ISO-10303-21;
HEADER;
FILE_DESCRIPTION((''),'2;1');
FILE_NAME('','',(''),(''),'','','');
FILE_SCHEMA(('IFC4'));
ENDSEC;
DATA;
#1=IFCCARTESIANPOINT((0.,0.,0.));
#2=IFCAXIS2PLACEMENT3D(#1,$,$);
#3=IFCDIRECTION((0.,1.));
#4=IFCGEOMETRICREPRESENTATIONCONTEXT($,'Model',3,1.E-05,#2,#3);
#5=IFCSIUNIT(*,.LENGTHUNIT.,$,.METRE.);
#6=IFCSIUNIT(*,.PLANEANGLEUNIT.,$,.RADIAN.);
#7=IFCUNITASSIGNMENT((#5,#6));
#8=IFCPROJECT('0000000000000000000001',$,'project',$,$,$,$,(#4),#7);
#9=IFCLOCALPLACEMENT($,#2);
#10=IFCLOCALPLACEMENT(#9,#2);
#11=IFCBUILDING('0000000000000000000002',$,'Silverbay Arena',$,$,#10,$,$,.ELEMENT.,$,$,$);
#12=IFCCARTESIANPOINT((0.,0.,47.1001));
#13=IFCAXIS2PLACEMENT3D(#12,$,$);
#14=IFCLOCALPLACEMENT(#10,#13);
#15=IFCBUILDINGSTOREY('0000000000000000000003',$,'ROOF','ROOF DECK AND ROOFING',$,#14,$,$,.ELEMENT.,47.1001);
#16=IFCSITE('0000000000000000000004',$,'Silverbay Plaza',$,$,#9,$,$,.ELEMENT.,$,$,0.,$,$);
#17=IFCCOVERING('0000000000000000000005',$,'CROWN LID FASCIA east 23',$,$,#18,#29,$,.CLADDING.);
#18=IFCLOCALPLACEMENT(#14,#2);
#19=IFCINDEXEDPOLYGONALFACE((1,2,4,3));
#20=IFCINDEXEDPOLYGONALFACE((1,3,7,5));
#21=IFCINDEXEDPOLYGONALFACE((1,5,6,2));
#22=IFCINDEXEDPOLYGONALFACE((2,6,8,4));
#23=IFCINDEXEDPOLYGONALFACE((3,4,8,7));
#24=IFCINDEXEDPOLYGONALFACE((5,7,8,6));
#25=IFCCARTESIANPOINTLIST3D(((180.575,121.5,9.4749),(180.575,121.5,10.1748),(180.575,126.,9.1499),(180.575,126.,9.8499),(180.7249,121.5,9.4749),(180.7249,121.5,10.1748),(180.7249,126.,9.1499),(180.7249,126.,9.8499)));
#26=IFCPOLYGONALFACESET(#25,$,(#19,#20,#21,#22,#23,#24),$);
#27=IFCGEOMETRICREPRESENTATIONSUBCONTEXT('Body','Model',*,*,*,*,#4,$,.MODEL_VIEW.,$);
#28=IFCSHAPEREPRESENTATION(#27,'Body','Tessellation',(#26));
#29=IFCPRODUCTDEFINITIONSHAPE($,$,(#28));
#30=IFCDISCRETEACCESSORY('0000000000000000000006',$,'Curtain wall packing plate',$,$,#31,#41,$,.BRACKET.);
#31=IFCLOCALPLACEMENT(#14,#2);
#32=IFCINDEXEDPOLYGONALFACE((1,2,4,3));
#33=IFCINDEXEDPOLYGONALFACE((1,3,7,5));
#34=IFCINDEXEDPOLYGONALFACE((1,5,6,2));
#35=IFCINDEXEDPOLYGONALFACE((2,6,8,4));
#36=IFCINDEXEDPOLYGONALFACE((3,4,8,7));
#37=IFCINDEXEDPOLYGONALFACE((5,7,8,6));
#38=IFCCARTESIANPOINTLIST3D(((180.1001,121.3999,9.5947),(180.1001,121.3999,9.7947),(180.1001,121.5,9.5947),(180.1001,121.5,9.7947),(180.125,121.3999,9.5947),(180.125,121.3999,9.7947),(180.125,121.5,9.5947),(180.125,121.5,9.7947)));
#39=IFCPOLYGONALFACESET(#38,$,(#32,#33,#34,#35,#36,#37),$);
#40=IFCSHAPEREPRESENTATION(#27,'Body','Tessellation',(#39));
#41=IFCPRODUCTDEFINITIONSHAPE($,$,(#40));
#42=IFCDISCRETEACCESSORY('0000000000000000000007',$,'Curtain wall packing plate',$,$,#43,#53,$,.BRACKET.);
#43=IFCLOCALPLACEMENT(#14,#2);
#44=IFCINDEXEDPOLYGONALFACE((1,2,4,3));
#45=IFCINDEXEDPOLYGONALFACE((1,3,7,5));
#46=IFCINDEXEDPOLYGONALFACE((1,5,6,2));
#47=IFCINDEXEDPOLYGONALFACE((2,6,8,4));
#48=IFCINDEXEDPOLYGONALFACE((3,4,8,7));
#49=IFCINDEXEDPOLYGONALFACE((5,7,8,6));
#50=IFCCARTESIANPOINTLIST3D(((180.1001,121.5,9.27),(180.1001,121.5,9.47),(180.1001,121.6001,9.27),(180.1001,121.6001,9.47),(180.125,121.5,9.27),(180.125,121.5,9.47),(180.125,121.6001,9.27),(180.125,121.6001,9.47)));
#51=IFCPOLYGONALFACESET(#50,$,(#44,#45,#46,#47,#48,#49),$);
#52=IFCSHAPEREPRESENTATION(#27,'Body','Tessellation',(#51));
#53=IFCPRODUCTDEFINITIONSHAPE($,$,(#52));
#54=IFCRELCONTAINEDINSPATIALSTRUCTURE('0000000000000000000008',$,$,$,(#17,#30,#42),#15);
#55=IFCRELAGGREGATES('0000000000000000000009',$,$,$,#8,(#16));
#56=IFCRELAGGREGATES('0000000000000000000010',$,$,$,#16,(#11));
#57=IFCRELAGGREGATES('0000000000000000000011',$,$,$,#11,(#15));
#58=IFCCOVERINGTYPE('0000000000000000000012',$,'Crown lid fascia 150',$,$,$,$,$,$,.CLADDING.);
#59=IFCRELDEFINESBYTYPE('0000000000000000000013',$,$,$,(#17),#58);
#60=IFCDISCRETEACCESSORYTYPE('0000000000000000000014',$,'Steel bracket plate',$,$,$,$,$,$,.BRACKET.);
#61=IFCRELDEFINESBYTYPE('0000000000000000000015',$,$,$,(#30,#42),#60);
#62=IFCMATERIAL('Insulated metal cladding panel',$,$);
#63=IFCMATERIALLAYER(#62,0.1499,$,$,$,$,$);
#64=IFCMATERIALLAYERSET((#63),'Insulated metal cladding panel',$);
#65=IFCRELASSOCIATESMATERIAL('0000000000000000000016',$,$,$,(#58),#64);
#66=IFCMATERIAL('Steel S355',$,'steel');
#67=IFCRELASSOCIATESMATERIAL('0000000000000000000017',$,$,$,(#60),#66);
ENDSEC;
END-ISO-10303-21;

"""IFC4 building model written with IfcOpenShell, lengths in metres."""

from ifc_helpers import new_model, si_unit, direction, frame, origin, origin_2d, place, context, subcontext, project, spatial, polyline, rectangle, outline, extrude, material, layer, layer_set, type_object, element, save


model = new_model("IFC4")

# Units and contexts
model_context = context("Model", 3, precision=1e-05, world=origin(), true_north=direction((0.0, 1.0)))
body_context = subcontext(model_context, "Body", "Model", "MODEL_VIEW")
ifc_project = project(units=[si_unit("LENGTHUNIT", "METRE"), si_unit("PLANEANGLEUNIT", "RADIAN")], contexts=[model_context])

# Site, building, storey
site_placement = place(None, origin())
site = spatial("IfcSite", under=ifc_project, at=site_placement, Name="Silverbay Plaza", CompositionType="ELEMENT", RefElevation=0.0)
building_placement = place(site_placement, origin())
building = spatial("IfcBuilding", under=site, at=building_placement, Name="Silverbay Arena", CompositionType="ELEMENT")
storey_placement = place(building_placement, frame((0.0, 0.0, 47.1001)))
storey = spatial("IfcBuildingStorey", under=building, at=storey_placement, Name="ROOF", Description="ROOF DECK AND ROOFING", CompositionType="ELEMENT", Elevation=47.1001)

# Covering
ifc_material_1 = material(Name="Insulated metal cladding panel")
ifc_layer_1 = layer(ifc_material_1, 0.1499)
ifc_layer_set_1 = layer_set([ifc_layer_1], Name="Insulated metal cladding panel")
covering_type = type_object("IfcCoveringType", Name="Crown lid fascia 150", PredefinedType="CLADDING", material=ifc_layer_set_1)
covering_1_placement = place(storey_placement, frame((180.575, 121.5, 10.1748), z_axis=(-1.0, 0.0, 0.0), x_axis=(0.0, 0.997403, -0.072024)))
element("IfcCovering", 1, at=covering_1_placement, inside=storey, type_object=covering_type, Name="CROWN LID FASCIA east 23", PredefinedType="CLADDING", context=body_context, shape_type="SweptSolid", body=[
    extrude(outline(polyline([(0.0, 0.0), (4.5117, 0.0), (4.5621, 0.6981), (0.0504, 0.6981), (0.0, 0.0)])), origin(), (0.0, 0.0, -1.0), 0.1499),
])

# Discrete accessories
ifc_material_2 = material(Name="Steel S355", Category="steel")
discrete_accessory_type = type_object("IfcDiscreteAccessoryType", Name="Steel bracket plate", PredefinedType="BRACKET", material=ifc_material_2)
for number, where, z_axis, x_axis, name in (
    (2, (180.1125, 121.45, 9.5947), (0.0, 0.0, 1.0), (1.0, 0.0, 0.0), "Curtain wall packing plate"),
    (3, (180.1125, 121.55, 9.27), (0.0, 0.0, 1.0), (1.0, 0.0, 0.0), "Curtain wall packing plate"),
):
    element("IfcDiscreteAccessory", number, at=place(storey_placement, frame(where, z_axis=z_axis, x_axis=x_axis)), inside=storey, type_object=discrete_accessory_type, Name=name, PredefinedType="BRACKET", context=body_context, shape_type="SweptSolid", body=[
        extrude(rectangle(XDim=0.0249, YDim=0.1001, at=origin_2d()), origin(), (0.0, 0.0, 1.0), 0.2),
    ])

save(model, "model.ifc")
